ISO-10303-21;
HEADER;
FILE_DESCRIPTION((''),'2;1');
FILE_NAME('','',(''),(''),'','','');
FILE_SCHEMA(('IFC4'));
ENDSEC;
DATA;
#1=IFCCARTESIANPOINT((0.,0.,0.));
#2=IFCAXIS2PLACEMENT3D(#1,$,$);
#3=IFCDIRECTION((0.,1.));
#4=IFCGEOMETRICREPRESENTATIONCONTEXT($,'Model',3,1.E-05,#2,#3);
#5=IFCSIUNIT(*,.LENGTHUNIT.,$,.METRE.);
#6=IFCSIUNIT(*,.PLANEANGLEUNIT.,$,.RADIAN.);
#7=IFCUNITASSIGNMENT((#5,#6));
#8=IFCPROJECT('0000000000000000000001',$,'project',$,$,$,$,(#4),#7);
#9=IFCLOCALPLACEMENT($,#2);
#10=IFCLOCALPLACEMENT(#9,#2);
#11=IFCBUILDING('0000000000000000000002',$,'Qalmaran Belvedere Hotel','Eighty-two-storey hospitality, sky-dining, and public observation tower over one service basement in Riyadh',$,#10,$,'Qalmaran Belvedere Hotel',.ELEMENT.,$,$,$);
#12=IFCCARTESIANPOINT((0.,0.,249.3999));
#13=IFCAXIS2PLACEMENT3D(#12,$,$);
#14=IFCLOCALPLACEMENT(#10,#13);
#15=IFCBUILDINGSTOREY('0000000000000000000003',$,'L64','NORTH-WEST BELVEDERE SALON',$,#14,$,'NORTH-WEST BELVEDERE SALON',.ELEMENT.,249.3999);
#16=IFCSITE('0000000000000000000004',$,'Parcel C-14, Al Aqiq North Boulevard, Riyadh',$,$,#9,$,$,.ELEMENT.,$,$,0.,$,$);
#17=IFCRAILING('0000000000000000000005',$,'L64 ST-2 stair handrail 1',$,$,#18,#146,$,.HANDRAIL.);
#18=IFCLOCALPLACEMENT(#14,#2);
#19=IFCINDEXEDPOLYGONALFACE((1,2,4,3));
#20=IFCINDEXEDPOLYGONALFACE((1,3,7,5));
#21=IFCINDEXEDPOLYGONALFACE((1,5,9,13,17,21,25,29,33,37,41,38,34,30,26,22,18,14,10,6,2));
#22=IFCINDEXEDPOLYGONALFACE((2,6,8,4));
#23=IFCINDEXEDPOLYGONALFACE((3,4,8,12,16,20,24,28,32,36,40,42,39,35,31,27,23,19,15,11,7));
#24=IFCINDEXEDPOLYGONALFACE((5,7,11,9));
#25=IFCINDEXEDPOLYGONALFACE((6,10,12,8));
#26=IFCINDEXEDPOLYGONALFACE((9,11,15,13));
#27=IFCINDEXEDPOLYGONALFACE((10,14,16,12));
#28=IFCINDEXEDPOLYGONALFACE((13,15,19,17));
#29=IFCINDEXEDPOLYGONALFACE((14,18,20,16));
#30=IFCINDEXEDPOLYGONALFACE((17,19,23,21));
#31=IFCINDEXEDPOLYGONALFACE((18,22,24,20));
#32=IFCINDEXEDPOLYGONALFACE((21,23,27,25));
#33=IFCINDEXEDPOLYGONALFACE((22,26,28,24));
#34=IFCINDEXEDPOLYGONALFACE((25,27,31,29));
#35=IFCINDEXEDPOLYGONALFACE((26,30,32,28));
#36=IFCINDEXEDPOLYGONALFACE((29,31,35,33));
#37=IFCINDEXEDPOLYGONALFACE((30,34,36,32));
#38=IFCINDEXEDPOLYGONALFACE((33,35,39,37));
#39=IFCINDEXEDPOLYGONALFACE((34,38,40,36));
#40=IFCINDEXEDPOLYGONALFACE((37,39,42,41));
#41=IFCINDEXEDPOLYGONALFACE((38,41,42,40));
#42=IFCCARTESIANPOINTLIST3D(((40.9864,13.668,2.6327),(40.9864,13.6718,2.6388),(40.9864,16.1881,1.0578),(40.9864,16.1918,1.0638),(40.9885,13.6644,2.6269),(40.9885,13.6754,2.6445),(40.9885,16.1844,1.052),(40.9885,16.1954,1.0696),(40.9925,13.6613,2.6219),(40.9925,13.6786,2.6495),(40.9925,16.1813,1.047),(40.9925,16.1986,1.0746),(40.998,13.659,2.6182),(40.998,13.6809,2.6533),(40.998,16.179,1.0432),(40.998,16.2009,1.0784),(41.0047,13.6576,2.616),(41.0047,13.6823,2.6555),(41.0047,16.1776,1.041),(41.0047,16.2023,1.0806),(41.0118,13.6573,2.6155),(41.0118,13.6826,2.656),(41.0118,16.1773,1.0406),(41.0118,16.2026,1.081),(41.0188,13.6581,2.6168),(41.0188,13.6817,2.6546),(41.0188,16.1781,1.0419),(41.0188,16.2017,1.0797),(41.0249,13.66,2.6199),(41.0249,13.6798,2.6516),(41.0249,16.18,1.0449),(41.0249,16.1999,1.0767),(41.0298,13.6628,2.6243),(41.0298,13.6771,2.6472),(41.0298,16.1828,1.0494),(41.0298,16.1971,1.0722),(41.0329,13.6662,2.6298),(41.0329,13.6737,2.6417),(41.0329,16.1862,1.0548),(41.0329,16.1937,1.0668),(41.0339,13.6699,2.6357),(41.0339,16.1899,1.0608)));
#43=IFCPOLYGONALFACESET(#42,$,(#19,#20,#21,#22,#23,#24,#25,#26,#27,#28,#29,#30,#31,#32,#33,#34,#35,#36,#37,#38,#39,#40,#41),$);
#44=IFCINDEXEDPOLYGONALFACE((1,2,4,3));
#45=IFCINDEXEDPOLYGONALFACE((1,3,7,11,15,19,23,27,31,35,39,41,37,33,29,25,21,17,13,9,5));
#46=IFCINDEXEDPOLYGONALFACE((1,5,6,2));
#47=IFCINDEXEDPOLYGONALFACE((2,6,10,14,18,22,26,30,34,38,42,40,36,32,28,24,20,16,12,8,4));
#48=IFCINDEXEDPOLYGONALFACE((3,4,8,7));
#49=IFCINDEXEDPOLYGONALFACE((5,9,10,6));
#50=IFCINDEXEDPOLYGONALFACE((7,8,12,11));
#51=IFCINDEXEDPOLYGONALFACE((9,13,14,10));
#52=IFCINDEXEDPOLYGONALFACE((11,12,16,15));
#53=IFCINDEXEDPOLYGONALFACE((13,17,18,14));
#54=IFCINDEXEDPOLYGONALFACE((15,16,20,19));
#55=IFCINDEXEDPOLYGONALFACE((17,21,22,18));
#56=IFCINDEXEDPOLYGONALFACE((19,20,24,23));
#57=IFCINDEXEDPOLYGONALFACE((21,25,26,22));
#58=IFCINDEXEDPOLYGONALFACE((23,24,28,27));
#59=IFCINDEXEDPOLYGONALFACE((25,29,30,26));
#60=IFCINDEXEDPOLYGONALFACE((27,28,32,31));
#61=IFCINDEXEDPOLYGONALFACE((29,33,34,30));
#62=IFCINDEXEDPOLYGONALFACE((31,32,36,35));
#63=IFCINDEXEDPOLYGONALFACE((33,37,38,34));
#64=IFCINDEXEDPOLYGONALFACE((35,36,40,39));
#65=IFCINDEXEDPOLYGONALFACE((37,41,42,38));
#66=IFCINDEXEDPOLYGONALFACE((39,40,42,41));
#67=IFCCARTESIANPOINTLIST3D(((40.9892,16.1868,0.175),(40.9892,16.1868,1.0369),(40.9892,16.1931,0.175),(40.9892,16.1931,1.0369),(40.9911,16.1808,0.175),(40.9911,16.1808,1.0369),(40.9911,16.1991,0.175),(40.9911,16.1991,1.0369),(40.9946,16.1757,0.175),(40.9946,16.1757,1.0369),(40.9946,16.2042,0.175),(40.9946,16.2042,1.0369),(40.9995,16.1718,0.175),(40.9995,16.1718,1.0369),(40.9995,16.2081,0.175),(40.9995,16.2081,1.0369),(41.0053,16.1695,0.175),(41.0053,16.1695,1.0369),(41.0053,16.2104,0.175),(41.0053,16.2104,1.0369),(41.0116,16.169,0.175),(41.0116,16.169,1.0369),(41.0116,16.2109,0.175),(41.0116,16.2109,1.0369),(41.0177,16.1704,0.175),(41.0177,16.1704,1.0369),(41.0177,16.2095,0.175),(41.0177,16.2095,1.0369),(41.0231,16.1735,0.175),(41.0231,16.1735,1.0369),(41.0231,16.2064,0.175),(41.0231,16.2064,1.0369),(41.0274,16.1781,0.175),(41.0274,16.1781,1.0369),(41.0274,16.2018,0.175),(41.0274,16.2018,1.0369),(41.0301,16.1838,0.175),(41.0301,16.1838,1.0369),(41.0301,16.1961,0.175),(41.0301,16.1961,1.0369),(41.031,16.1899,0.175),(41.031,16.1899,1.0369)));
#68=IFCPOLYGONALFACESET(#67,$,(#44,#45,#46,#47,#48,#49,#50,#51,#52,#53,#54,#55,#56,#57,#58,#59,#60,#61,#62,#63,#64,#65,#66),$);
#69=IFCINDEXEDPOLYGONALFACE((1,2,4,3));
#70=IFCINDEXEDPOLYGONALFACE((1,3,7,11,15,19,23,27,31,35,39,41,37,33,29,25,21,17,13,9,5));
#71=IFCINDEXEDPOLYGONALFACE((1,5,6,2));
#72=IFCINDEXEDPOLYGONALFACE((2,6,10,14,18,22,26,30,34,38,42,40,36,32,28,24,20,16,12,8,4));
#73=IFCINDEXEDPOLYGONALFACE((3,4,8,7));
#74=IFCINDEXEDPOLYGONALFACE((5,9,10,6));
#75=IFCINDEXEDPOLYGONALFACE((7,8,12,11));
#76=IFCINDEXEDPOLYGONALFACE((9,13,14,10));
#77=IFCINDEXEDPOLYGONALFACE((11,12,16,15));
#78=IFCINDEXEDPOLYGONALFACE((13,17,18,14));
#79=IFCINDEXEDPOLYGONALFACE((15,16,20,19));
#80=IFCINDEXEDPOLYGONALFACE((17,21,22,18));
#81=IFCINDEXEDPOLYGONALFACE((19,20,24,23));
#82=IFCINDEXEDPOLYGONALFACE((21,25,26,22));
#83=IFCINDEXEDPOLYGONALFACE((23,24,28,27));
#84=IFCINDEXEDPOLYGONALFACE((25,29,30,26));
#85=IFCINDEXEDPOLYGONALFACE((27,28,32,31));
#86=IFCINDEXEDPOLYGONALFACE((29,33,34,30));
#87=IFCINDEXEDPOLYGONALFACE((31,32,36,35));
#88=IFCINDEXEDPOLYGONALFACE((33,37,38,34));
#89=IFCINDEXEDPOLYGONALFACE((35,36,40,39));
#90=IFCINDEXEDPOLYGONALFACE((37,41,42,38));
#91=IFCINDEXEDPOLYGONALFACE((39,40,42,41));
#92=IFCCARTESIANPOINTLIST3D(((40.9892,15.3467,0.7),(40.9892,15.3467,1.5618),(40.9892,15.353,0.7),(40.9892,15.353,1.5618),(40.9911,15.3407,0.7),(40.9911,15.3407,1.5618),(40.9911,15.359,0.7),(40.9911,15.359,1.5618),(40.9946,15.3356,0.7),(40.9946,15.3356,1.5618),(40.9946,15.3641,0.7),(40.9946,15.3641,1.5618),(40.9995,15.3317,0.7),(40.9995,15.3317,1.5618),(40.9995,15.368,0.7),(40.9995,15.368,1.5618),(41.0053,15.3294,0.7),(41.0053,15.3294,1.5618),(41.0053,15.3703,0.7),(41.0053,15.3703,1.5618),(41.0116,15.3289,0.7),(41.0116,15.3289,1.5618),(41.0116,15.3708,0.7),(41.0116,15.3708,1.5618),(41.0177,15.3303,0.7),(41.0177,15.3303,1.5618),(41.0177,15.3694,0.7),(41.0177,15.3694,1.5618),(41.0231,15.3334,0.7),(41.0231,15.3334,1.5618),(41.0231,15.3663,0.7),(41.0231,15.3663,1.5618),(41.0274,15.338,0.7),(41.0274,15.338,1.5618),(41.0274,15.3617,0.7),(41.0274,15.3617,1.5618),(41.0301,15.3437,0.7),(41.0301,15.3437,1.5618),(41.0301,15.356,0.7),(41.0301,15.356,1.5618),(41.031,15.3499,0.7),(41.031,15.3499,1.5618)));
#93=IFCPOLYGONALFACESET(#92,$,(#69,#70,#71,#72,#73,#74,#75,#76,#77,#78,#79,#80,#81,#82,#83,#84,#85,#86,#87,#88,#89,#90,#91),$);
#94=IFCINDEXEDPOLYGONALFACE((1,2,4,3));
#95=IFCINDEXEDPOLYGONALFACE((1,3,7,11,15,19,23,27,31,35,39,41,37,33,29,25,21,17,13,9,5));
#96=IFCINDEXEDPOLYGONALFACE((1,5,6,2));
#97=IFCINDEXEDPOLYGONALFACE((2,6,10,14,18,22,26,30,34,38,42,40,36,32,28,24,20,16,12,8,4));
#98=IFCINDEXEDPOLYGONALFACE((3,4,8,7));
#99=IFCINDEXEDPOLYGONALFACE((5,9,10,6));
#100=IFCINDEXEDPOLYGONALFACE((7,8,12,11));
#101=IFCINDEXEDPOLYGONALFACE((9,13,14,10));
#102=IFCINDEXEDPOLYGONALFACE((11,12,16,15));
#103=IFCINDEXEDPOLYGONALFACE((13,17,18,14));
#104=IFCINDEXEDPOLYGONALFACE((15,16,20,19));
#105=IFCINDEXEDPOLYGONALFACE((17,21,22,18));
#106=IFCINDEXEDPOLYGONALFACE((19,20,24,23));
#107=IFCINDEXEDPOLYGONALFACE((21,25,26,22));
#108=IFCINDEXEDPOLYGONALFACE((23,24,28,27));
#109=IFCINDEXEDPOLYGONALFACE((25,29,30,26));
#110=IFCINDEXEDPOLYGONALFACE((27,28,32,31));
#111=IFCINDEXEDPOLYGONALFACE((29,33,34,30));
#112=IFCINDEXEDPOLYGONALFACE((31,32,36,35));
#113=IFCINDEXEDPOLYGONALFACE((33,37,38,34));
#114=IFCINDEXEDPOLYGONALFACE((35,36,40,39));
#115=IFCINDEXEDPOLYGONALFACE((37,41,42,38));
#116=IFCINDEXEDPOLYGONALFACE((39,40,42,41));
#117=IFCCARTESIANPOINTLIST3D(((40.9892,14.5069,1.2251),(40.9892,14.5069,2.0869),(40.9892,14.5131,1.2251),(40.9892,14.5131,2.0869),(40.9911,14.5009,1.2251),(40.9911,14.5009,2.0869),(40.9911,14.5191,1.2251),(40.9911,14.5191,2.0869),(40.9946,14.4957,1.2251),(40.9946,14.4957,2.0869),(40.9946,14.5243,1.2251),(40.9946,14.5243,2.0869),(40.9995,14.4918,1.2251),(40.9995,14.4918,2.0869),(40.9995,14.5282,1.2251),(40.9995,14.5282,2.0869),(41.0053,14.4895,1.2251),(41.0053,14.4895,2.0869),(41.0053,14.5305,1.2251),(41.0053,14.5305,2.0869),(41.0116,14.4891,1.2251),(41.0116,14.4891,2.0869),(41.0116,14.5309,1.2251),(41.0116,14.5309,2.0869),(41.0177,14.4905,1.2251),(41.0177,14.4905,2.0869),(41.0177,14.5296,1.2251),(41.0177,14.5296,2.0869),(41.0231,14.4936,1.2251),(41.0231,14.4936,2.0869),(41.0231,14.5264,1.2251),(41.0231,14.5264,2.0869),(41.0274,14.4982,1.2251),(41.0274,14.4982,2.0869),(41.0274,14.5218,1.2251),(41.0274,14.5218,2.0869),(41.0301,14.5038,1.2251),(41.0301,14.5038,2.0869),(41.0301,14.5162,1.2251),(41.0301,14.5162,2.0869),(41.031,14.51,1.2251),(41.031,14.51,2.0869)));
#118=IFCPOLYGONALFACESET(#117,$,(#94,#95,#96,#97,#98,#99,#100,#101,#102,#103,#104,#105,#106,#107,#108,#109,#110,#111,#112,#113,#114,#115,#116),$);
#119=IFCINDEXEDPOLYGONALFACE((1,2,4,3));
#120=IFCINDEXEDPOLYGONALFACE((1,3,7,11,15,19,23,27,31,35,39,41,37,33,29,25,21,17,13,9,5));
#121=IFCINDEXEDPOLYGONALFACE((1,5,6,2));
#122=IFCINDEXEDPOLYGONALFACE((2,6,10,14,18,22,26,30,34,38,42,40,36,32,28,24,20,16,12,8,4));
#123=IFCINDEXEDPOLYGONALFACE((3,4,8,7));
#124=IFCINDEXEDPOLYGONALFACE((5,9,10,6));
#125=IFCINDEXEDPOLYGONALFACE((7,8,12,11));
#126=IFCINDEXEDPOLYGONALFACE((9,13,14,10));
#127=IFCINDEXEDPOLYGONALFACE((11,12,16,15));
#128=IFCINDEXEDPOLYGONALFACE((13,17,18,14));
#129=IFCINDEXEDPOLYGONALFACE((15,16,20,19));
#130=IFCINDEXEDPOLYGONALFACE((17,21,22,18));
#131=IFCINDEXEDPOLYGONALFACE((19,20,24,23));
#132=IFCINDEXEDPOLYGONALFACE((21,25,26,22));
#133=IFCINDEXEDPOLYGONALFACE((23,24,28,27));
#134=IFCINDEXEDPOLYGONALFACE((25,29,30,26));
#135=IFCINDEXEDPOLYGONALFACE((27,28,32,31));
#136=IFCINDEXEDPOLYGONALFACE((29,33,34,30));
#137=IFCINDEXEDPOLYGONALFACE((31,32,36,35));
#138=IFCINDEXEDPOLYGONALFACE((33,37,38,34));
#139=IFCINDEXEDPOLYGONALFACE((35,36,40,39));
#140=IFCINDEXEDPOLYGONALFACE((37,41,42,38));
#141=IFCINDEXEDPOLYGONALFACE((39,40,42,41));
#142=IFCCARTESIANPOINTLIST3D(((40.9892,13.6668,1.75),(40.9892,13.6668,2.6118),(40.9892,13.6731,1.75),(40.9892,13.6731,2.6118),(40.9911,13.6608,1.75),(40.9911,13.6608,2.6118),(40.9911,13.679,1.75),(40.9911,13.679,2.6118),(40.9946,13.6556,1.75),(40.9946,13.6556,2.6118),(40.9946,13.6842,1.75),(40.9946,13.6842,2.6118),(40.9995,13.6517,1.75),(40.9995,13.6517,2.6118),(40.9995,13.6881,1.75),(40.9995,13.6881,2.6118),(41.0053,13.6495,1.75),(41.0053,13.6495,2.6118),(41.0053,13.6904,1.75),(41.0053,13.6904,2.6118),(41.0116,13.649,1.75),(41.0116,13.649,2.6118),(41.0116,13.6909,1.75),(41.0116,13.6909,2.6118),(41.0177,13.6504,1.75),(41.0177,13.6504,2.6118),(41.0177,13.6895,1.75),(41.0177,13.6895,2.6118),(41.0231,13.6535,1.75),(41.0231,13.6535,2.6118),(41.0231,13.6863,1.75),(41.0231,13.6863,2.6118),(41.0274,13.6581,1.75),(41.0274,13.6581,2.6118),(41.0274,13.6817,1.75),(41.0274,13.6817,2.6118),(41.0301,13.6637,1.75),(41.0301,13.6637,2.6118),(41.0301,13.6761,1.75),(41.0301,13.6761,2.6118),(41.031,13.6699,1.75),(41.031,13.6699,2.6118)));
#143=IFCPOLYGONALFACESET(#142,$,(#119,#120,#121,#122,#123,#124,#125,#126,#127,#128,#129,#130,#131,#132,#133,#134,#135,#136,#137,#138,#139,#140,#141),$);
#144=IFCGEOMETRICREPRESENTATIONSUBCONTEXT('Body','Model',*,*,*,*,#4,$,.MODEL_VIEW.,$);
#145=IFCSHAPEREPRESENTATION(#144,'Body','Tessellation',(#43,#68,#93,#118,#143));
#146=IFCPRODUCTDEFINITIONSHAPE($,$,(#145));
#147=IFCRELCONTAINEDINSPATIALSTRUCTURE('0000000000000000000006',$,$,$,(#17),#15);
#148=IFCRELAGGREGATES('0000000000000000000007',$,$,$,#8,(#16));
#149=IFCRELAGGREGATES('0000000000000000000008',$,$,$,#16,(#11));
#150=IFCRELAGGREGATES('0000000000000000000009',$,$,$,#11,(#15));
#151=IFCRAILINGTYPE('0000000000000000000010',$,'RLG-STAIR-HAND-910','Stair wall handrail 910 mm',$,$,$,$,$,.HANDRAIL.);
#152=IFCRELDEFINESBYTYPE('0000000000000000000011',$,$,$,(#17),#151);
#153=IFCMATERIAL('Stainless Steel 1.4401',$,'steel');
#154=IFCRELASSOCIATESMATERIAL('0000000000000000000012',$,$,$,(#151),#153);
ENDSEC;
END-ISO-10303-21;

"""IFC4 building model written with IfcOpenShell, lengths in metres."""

from ifc_helpers import new_model, si_unit, direction, frame, origin, origin_2d, place, context, subcontext, project, spatial, circle, extrude, material, type_object, element, save


model = new_model("IFC4")

# Units and contexts
model_context = context("Model", 3, precision=1e-05, world=origin(), true_north=direction((0.0, 1.0)))
body_context = subcontext(model_context, "Body", "Model", "MODEL_VIEW")
ifc_project = project(units=[si_unit("LENGTHUNIT", "METRE"), si_unit("PLANEANGLEUNIT", "RADIAN")], contexts=[model_context])

# Site, building, storey
site_placement = place(None, origin())
site = spatial("IfcSite", under=ifc_project, at=site_placement, Name="Parcel C-14, Al Aqiq North Boulevard, Riyadh", CompositionType="ELEMENT", RefElevation=0.0)
building_placement = place(site_placement, origin())
building = spatial("IfcBuilding", under=site, at=building_placement, Name="Qalmaran Belvedere Hotel", Description="Eighty-two-storey hospitality, sky-dining, and public observation tower over one service basement in Riyadh", LongName="Qalmaran Belvedere Hotel", CompositionType="ELEMENT")
storey_placement = place(building_placement, frame((0.0, 0.0, 249.3999)))
storey = spatial("IfcBuildingStorey", under=building, at=storey_placement, Name="L64", Description="NORTH-WEST BELVEDERE SALON", LongName="NORTH-WEST BELVEDERE SALON", CompositionType="ELEMENT", Elevation=249.3999)

# Railing
ifc_material_1 = material(Name="Stainless Steel 1.4401", Category="steel")
railing_type_1 = type_object("IfcRailingType", Name="RLG-STAIR-HAND-910", Description="Stair wall handrail 910 mm", PredefinedType="HANDRAIL", material=ifc_material_1)
railing_1_placement = place(storey_placement, frame((41.01, 16.1899, 0.175)))
element("IfcRailing", 1, at=railing_1_placement, inside=storey, type_object=railing_type_1, Name="L64 ST-2 stair handrail 1", PredefinedType="HANDRAIL", context=body_context, shape_type="SweptSolid", body=[
    extrude(circle(Radius=0.0239, at=origin_2d()), frame((0.0, 0.0, 0.8857), z_axis=(0.0, -0.848008, 0.529984), x_axis=(1.0, 0.0, 0.0)), (0.0, 0.0, 1.0), 2.9717),
    extrude(circle(Radius=0.021, at=origin_2d()), origin(), (0.0, 0.0, 1.0), 0.8618),
    extrude(circle(Radius=0.021, at=origin_2d()), frame((0.0, -0.8401, 0.5249)), (0.0, 0.0, 1.0), 0.8618),
    extrude(circle(Radius=0.021, at=origin_2d()), frame((0.0, -1.6799, 1.05)), (0.0, 0.0, 1.0), 0.8618),
    extrude(circle(Radius=0.021, at=origin_2d()), frame((0.0, -2.52, 1.575)), (0.0, 0.0, 1.0), 0.8618),
])

save(model, "model.ifc")
